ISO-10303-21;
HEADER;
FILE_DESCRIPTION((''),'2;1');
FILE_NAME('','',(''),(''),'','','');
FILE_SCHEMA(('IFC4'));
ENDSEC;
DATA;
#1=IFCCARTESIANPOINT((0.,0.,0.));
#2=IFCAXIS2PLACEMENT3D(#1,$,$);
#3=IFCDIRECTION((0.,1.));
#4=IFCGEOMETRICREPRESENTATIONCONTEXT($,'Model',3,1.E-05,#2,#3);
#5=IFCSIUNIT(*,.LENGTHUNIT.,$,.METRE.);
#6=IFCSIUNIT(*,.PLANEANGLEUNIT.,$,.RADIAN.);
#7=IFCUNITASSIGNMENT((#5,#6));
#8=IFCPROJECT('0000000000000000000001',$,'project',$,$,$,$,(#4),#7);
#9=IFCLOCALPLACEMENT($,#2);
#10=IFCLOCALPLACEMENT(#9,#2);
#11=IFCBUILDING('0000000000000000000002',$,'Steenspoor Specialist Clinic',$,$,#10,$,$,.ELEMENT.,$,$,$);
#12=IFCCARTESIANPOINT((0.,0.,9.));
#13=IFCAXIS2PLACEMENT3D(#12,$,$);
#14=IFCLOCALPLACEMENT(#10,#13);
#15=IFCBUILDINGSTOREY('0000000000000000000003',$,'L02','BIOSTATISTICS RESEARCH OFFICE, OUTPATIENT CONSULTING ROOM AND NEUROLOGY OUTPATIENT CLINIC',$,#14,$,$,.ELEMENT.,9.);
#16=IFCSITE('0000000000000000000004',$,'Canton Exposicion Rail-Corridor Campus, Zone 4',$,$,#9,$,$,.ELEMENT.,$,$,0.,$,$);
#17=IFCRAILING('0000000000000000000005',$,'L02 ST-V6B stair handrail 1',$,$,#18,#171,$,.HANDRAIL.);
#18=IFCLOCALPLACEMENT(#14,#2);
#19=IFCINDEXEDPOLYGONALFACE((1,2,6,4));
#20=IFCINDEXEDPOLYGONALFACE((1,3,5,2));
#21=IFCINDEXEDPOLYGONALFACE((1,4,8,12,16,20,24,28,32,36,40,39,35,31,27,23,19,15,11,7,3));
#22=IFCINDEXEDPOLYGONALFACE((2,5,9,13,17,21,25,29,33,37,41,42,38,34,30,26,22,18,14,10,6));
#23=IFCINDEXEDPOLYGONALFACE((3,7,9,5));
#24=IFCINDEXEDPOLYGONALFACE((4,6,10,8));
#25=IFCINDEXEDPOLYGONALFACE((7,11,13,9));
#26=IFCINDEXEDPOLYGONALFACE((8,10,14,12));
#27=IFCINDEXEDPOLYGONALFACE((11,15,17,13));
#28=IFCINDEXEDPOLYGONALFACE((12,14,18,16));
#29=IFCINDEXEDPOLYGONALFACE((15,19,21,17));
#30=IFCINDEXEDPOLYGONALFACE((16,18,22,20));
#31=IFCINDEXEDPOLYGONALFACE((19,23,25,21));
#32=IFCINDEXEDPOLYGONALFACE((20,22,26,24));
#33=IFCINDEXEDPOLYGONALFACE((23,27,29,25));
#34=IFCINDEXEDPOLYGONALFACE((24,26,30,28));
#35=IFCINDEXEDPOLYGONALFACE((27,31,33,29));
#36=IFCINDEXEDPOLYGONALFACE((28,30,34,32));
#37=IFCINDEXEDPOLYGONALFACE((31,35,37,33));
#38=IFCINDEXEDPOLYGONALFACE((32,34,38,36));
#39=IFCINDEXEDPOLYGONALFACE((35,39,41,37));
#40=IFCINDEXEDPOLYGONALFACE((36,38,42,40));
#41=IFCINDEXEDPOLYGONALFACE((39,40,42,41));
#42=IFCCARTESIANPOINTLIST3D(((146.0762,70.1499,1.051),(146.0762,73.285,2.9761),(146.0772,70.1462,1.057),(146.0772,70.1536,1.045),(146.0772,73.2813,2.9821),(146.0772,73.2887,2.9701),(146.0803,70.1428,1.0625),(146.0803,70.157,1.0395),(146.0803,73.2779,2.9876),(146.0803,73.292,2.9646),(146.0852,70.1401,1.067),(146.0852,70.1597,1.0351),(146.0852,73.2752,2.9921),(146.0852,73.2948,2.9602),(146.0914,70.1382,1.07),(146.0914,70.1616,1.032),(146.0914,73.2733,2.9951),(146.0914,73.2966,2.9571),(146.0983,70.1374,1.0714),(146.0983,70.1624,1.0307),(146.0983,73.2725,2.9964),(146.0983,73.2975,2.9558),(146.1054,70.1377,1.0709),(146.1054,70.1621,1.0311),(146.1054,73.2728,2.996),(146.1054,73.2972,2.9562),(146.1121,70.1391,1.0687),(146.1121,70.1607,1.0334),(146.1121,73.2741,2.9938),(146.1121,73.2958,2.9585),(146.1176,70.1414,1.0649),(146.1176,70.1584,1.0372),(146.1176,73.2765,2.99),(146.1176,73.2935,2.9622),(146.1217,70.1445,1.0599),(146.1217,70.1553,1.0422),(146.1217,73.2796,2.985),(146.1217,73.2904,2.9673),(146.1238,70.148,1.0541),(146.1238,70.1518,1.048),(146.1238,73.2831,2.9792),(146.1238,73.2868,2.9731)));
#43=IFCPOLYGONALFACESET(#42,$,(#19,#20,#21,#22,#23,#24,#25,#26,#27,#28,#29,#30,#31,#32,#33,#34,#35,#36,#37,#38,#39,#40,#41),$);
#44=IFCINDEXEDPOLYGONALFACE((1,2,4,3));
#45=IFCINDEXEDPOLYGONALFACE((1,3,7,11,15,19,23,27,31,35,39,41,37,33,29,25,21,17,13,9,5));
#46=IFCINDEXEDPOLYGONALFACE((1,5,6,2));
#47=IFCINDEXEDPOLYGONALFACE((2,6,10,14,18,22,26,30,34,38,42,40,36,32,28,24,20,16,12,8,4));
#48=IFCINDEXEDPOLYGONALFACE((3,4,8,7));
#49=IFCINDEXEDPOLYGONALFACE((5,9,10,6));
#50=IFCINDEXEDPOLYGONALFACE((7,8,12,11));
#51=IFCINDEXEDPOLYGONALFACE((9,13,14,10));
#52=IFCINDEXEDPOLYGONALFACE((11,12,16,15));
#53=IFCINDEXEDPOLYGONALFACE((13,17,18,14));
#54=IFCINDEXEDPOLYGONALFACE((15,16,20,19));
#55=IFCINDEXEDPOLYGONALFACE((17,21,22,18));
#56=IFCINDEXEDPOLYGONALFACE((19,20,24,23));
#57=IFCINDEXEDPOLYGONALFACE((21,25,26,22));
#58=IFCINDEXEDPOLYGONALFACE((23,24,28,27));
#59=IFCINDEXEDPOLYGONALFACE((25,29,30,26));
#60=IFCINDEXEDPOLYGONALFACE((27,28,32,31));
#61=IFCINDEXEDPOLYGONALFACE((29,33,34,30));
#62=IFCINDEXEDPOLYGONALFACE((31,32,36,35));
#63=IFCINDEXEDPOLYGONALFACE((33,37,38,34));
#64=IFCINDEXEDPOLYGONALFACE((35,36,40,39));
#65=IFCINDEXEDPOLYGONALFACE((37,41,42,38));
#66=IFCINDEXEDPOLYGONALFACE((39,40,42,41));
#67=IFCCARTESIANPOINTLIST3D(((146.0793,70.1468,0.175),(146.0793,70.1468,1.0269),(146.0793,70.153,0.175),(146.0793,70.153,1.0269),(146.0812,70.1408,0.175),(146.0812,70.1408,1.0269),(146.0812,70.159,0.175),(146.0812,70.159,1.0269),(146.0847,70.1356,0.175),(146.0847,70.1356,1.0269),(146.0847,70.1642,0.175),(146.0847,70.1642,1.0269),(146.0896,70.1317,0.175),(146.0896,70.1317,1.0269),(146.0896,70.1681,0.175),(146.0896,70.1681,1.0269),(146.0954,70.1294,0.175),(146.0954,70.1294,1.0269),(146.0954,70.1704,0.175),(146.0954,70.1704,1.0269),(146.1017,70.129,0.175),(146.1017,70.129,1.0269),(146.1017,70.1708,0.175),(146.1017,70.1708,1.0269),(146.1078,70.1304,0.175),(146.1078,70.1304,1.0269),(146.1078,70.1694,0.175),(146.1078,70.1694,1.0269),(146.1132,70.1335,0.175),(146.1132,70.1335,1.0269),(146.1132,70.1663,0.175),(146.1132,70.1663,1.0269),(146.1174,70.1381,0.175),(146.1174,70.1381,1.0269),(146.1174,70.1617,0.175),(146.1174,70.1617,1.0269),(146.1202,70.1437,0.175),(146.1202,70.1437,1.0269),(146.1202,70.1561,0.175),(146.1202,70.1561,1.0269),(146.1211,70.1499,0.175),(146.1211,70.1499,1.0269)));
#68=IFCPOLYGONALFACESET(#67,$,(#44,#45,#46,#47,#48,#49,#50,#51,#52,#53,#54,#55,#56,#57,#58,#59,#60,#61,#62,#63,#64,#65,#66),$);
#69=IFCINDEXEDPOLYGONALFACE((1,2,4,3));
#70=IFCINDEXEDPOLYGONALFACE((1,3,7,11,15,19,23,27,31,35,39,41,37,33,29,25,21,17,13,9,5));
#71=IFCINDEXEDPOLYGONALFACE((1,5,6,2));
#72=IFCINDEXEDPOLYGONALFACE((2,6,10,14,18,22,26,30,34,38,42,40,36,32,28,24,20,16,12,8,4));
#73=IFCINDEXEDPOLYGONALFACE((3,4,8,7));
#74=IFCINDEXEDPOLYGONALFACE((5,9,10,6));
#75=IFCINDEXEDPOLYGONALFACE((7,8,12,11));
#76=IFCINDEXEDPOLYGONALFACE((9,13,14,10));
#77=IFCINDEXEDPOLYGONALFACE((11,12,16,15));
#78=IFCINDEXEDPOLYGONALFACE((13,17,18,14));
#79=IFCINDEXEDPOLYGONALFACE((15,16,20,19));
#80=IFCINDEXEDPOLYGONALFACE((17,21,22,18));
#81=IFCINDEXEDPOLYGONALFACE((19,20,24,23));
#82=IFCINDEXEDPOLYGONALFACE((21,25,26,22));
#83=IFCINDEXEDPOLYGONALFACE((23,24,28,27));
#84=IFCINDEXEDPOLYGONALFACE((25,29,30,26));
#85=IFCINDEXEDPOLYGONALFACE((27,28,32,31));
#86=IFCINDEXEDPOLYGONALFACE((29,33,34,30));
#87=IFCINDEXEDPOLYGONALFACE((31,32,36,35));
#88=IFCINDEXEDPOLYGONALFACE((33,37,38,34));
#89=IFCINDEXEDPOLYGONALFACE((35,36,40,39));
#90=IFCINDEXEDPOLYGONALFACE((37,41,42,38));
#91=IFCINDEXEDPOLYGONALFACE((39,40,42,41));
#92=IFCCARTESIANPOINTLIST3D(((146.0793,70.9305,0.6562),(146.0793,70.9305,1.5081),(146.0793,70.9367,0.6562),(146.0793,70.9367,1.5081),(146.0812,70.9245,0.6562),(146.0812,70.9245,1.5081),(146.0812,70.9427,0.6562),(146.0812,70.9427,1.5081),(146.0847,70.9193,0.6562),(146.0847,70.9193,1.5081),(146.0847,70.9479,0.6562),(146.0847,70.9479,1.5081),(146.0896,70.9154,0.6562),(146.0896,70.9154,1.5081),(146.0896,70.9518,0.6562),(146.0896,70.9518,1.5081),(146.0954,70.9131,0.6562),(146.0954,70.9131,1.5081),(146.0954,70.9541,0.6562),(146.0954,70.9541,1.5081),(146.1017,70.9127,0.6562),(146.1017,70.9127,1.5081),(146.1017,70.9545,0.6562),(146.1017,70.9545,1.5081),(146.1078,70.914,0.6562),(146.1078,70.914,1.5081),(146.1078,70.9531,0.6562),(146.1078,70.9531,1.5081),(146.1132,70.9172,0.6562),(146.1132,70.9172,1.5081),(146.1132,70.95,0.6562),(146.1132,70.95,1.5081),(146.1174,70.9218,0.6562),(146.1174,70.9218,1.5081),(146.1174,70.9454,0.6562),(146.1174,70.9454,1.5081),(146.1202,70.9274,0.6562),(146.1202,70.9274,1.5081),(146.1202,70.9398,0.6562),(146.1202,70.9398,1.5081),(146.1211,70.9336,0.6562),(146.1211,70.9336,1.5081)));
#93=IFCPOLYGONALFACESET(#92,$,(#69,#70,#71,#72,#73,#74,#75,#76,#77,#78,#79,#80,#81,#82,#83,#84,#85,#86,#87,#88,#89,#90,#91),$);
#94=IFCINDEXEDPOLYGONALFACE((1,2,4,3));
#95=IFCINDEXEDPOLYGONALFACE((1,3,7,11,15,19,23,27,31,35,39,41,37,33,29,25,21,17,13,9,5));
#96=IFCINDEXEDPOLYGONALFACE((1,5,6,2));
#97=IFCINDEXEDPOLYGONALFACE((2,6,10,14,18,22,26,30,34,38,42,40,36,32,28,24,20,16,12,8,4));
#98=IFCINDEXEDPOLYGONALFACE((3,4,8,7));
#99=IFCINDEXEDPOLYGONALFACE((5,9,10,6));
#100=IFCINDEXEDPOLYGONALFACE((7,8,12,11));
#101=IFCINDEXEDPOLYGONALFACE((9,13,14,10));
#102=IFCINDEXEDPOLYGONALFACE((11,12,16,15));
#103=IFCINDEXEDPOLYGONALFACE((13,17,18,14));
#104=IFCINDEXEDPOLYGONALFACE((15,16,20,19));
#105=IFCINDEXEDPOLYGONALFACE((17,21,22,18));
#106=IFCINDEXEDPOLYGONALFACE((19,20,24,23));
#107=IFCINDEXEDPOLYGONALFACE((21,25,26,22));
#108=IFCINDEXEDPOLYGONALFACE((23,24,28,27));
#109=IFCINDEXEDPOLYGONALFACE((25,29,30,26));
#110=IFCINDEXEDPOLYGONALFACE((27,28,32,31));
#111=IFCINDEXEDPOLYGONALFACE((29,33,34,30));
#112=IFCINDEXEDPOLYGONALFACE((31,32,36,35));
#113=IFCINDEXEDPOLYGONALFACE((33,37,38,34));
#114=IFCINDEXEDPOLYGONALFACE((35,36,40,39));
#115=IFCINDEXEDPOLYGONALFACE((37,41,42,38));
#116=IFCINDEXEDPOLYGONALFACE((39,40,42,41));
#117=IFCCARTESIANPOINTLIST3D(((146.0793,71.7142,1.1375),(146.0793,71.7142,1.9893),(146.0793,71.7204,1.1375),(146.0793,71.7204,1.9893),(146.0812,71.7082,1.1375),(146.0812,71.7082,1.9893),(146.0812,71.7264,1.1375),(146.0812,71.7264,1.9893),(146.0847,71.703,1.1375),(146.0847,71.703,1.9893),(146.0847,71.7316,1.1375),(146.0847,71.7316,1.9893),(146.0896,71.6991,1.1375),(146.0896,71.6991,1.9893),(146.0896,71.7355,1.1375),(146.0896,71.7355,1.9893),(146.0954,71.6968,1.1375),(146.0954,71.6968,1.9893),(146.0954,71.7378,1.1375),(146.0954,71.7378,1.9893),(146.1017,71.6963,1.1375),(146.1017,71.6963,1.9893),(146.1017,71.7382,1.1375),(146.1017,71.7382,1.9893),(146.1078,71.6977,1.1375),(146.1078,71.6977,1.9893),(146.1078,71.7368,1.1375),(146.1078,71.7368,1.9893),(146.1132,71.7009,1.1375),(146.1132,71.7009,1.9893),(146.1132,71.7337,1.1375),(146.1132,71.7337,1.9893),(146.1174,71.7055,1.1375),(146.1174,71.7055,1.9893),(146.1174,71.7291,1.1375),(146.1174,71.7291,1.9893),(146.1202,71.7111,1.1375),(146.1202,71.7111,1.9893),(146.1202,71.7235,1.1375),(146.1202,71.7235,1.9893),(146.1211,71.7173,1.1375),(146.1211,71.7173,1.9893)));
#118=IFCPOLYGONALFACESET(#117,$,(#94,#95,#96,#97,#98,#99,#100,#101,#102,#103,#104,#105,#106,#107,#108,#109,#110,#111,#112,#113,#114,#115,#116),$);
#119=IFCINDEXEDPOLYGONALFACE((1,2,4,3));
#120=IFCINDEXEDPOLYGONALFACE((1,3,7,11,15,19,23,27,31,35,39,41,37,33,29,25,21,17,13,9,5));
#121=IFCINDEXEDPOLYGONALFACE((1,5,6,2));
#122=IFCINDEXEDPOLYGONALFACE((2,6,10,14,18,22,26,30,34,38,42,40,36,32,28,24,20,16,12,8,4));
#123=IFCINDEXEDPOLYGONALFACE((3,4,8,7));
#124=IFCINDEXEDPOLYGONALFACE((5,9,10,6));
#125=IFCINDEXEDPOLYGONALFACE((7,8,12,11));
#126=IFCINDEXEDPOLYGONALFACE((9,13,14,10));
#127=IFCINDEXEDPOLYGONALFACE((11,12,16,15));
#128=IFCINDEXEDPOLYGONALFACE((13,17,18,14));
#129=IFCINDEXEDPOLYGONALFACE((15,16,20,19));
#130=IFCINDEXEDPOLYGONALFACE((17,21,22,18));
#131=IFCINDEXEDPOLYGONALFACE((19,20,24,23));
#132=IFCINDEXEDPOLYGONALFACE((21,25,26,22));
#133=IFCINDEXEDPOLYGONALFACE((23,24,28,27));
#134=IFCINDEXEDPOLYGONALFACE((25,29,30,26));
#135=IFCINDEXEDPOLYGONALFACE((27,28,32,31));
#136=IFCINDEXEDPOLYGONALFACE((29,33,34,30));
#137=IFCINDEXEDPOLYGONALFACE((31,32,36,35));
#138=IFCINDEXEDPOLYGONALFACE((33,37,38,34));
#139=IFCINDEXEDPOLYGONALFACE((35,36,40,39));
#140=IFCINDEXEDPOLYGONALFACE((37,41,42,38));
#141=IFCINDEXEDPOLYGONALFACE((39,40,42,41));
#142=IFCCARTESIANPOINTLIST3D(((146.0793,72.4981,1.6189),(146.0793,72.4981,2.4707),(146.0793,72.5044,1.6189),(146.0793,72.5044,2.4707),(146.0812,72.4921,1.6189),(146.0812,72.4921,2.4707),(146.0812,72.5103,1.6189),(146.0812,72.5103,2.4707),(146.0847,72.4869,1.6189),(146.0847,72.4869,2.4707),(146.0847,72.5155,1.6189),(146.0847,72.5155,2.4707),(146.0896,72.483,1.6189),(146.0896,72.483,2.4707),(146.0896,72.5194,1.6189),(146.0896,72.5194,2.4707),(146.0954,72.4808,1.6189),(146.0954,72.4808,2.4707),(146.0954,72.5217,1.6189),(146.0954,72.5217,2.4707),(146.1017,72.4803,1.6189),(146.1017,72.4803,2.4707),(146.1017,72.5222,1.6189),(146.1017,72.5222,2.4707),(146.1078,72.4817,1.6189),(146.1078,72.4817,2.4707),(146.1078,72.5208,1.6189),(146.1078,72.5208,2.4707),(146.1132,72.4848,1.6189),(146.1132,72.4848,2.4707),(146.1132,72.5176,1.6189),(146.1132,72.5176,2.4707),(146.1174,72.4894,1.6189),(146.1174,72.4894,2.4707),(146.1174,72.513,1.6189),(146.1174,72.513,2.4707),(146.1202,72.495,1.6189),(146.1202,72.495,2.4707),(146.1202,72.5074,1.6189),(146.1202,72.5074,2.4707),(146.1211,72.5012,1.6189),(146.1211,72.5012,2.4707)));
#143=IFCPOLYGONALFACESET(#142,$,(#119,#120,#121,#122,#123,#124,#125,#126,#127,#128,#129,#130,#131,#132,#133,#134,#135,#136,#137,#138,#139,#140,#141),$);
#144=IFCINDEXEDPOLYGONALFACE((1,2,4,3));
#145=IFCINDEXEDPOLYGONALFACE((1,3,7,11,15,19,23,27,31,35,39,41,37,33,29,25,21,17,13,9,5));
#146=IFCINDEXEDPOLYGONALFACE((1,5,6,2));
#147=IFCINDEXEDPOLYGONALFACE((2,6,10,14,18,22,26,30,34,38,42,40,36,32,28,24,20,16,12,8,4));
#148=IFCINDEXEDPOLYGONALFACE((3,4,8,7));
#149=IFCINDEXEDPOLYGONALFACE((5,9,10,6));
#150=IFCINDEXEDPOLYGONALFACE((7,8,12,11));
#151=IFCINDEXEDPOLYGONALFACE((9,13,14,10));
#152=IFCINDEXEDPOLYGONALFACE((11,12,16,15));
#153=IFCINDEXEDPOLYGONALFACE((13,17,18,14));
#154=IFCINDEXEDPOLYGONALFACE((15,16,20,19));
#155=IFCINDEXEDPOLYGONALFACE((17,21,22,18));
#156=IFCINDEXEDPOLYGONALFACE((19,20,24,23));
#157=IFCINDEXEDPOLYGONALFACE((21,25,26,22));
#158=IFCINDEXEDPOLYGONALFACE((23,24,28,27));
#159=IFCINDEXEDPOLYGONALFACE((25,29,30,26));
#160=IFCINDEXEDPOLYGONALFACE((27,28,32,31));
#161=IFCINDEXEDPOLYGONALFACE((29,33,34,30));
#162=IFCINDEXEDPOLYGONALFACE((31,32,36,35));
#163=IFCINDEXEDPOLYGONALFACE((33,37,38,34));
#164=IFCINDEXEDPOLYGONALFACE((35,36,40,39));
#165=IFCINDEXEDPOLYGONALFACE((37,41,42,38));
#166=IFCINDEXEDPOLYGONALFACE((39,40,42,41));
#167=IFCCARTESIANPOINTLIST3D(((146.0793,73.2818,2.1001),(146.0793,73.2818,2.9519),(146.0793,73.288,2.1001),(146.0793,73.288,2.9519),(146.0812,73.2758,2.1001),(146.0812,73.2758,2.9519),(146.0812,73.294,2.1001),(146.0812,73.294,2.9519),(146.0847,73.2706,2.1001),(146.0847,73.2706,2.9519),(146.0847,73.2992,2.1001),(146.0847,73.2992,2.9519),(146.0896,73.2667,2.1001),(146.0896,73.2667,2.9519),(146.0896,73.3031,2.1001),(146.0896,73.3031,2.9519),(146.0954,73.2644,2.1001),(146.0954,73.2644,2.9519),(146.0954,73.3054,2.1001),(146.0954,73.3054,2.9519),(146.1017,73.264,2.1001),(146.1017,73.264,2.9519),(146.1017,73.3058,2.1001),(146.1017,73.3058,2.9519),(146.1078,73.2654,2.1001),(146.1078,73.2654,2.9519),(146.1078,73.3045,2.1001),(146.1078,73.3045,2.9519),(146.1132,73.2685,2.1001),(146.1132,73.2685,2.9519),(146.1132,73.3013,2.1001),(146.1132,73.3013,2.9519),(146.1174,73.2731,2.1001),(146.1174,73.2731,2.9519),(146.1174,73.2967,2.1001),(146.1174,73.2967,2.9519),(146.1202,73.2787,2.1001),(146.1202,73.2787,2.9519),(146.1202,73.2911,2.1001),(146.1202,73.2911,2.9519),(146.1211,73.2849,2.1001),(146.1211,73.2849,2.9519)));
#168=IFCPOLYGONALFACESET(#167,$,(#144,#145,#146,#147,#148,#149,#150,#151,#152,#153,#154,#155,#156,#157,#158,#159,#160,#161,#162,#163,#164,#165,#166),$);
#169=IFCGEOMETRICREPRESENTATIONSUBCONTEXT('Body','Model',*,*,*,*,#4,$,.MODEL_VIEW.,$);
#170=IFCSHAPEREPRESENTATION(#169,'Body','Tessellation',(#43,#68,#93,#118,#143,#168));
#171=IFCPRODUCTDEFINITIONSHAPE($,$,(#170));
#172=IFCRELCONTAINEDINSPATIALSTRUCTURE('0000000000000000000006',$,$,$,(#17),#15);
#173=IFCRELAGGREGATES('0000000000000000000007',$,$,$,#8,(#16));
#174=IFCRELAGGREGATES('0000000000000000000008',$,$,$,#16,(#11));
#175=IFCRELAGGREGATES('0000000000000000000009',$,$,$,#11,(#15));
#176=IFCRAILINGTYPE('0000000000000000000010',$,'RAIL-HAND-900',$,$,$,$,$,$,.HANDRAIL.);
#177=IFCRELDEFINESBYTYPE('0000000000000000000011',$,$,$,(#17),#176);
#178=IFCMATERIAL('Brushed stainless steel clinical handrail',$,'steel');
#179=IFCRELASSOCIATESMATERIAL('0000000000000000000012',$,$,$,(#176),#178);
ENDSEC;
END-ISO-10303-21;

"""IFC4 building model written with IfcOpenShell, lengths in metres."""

from ifc_helpers import new_model, si_unit, direction, frame, origin, origin_2d, place, context, subcontext, project, spatial, circle, extrude, material, type_object, element, save


model = new_model("IFC4")

# Units and contexts
model_context = context("Model", 3, precision=1e-05, world=origin(), true_north=direction((0.0, 1.0)))
body_context = subcontext(model_context, "Body", "Model", "MODEL_VIEW")
ifc_project = project(units=[si_unit("LENGTHUNIT", "METRE"), si_unit("PLANEANGLEUNIT", "RADIAN")], contexts=[model_context])

# Site, building, storey
site_placement = place(None, origin())
site = spatial("IfcSite", under=ifc_project, at=site_placement, Name="Canton Exposicion Rail-Corridor Campus, Zone 4", CompositionType="ELEMENT", RefElevation=0.0)
building_placement = place(site_placement, origin())
building = spatial("IfcBuilding", under=site, at=building_placement, Name="Steenspoor Specialist Clinic", CompositionType="ELEMENT")
storey_placement = place(building_placement, frame((0.0, 0.0, 9.0)))
storey = spatial("IfcBuildingStorey", under=building, at=storey_placement, Name="L02", Description="BIOSTATISTICS RESEARCH OFFICE, OUTPATIENT CONSULTING ROOM AND NEUROLOGY OUTPATIENT CLINIC", CompositionType="ELEMENT", Elevation=9.0)

# Railing
ifc_material_1 = material(Name="Brushed stainless steel clinical handrail", Category="steel")
railing_type_1 = type_object("IfcRailingType", Name="RAIL-HAND-900", PredefinedType="HANDRAIL", material=ifc_material_1)
railing_1_placement = place(storey_placement, frame((146.1001, 70.1499, 0.175)))
element("IfcRailing", 1, at=railing_1_placement, inside=storey, type_object=railing_type_1, Name="L02 ST-V6B stair handrail 1", PredefinedType="HANDRAIL", context=body_context, shape_type="SweptSolid", body=[
    extrude(circle(Radius=0.0239, at=origin_2d()), frame((0.0, 0.0, 0.876), z_axis=(0.0, 0.852166, 0.523271), x_axis=(-1.0, 0.0, 0.0)), (0.0, 0.0, 1.0), 3.679),
    extrude(circle(Radius=0.021, at=origin_2d()), origin(), (0.0, 0.0, 1.0), 0.8518),
    extrude(circle(Radius=0.021, at=origin_2d()), frame((0.0, 0.7837, 0.4812)), (0.0, 0.0, 1.0), 0.8518),
    extrude(circle(Radius=0.021, at=origin_2d()), frame((0.0, 1.5674, 0.9624)), (0.0, 0.0, 1.0), 0.8518),
    extrude(circle(Radius=0.021, at=origin_2d()), frame((0.0, 2.3513, 1.4438)), (0.0, 0.0, 1.0), 0.8518),
    extrude(circle(Radius=0.021, at=origin_2d()), frame((0.0, 3.135, 1.925)), (0.0, 0.0, 1.0), 0.8518),
])

save(model, "model.ifc")
